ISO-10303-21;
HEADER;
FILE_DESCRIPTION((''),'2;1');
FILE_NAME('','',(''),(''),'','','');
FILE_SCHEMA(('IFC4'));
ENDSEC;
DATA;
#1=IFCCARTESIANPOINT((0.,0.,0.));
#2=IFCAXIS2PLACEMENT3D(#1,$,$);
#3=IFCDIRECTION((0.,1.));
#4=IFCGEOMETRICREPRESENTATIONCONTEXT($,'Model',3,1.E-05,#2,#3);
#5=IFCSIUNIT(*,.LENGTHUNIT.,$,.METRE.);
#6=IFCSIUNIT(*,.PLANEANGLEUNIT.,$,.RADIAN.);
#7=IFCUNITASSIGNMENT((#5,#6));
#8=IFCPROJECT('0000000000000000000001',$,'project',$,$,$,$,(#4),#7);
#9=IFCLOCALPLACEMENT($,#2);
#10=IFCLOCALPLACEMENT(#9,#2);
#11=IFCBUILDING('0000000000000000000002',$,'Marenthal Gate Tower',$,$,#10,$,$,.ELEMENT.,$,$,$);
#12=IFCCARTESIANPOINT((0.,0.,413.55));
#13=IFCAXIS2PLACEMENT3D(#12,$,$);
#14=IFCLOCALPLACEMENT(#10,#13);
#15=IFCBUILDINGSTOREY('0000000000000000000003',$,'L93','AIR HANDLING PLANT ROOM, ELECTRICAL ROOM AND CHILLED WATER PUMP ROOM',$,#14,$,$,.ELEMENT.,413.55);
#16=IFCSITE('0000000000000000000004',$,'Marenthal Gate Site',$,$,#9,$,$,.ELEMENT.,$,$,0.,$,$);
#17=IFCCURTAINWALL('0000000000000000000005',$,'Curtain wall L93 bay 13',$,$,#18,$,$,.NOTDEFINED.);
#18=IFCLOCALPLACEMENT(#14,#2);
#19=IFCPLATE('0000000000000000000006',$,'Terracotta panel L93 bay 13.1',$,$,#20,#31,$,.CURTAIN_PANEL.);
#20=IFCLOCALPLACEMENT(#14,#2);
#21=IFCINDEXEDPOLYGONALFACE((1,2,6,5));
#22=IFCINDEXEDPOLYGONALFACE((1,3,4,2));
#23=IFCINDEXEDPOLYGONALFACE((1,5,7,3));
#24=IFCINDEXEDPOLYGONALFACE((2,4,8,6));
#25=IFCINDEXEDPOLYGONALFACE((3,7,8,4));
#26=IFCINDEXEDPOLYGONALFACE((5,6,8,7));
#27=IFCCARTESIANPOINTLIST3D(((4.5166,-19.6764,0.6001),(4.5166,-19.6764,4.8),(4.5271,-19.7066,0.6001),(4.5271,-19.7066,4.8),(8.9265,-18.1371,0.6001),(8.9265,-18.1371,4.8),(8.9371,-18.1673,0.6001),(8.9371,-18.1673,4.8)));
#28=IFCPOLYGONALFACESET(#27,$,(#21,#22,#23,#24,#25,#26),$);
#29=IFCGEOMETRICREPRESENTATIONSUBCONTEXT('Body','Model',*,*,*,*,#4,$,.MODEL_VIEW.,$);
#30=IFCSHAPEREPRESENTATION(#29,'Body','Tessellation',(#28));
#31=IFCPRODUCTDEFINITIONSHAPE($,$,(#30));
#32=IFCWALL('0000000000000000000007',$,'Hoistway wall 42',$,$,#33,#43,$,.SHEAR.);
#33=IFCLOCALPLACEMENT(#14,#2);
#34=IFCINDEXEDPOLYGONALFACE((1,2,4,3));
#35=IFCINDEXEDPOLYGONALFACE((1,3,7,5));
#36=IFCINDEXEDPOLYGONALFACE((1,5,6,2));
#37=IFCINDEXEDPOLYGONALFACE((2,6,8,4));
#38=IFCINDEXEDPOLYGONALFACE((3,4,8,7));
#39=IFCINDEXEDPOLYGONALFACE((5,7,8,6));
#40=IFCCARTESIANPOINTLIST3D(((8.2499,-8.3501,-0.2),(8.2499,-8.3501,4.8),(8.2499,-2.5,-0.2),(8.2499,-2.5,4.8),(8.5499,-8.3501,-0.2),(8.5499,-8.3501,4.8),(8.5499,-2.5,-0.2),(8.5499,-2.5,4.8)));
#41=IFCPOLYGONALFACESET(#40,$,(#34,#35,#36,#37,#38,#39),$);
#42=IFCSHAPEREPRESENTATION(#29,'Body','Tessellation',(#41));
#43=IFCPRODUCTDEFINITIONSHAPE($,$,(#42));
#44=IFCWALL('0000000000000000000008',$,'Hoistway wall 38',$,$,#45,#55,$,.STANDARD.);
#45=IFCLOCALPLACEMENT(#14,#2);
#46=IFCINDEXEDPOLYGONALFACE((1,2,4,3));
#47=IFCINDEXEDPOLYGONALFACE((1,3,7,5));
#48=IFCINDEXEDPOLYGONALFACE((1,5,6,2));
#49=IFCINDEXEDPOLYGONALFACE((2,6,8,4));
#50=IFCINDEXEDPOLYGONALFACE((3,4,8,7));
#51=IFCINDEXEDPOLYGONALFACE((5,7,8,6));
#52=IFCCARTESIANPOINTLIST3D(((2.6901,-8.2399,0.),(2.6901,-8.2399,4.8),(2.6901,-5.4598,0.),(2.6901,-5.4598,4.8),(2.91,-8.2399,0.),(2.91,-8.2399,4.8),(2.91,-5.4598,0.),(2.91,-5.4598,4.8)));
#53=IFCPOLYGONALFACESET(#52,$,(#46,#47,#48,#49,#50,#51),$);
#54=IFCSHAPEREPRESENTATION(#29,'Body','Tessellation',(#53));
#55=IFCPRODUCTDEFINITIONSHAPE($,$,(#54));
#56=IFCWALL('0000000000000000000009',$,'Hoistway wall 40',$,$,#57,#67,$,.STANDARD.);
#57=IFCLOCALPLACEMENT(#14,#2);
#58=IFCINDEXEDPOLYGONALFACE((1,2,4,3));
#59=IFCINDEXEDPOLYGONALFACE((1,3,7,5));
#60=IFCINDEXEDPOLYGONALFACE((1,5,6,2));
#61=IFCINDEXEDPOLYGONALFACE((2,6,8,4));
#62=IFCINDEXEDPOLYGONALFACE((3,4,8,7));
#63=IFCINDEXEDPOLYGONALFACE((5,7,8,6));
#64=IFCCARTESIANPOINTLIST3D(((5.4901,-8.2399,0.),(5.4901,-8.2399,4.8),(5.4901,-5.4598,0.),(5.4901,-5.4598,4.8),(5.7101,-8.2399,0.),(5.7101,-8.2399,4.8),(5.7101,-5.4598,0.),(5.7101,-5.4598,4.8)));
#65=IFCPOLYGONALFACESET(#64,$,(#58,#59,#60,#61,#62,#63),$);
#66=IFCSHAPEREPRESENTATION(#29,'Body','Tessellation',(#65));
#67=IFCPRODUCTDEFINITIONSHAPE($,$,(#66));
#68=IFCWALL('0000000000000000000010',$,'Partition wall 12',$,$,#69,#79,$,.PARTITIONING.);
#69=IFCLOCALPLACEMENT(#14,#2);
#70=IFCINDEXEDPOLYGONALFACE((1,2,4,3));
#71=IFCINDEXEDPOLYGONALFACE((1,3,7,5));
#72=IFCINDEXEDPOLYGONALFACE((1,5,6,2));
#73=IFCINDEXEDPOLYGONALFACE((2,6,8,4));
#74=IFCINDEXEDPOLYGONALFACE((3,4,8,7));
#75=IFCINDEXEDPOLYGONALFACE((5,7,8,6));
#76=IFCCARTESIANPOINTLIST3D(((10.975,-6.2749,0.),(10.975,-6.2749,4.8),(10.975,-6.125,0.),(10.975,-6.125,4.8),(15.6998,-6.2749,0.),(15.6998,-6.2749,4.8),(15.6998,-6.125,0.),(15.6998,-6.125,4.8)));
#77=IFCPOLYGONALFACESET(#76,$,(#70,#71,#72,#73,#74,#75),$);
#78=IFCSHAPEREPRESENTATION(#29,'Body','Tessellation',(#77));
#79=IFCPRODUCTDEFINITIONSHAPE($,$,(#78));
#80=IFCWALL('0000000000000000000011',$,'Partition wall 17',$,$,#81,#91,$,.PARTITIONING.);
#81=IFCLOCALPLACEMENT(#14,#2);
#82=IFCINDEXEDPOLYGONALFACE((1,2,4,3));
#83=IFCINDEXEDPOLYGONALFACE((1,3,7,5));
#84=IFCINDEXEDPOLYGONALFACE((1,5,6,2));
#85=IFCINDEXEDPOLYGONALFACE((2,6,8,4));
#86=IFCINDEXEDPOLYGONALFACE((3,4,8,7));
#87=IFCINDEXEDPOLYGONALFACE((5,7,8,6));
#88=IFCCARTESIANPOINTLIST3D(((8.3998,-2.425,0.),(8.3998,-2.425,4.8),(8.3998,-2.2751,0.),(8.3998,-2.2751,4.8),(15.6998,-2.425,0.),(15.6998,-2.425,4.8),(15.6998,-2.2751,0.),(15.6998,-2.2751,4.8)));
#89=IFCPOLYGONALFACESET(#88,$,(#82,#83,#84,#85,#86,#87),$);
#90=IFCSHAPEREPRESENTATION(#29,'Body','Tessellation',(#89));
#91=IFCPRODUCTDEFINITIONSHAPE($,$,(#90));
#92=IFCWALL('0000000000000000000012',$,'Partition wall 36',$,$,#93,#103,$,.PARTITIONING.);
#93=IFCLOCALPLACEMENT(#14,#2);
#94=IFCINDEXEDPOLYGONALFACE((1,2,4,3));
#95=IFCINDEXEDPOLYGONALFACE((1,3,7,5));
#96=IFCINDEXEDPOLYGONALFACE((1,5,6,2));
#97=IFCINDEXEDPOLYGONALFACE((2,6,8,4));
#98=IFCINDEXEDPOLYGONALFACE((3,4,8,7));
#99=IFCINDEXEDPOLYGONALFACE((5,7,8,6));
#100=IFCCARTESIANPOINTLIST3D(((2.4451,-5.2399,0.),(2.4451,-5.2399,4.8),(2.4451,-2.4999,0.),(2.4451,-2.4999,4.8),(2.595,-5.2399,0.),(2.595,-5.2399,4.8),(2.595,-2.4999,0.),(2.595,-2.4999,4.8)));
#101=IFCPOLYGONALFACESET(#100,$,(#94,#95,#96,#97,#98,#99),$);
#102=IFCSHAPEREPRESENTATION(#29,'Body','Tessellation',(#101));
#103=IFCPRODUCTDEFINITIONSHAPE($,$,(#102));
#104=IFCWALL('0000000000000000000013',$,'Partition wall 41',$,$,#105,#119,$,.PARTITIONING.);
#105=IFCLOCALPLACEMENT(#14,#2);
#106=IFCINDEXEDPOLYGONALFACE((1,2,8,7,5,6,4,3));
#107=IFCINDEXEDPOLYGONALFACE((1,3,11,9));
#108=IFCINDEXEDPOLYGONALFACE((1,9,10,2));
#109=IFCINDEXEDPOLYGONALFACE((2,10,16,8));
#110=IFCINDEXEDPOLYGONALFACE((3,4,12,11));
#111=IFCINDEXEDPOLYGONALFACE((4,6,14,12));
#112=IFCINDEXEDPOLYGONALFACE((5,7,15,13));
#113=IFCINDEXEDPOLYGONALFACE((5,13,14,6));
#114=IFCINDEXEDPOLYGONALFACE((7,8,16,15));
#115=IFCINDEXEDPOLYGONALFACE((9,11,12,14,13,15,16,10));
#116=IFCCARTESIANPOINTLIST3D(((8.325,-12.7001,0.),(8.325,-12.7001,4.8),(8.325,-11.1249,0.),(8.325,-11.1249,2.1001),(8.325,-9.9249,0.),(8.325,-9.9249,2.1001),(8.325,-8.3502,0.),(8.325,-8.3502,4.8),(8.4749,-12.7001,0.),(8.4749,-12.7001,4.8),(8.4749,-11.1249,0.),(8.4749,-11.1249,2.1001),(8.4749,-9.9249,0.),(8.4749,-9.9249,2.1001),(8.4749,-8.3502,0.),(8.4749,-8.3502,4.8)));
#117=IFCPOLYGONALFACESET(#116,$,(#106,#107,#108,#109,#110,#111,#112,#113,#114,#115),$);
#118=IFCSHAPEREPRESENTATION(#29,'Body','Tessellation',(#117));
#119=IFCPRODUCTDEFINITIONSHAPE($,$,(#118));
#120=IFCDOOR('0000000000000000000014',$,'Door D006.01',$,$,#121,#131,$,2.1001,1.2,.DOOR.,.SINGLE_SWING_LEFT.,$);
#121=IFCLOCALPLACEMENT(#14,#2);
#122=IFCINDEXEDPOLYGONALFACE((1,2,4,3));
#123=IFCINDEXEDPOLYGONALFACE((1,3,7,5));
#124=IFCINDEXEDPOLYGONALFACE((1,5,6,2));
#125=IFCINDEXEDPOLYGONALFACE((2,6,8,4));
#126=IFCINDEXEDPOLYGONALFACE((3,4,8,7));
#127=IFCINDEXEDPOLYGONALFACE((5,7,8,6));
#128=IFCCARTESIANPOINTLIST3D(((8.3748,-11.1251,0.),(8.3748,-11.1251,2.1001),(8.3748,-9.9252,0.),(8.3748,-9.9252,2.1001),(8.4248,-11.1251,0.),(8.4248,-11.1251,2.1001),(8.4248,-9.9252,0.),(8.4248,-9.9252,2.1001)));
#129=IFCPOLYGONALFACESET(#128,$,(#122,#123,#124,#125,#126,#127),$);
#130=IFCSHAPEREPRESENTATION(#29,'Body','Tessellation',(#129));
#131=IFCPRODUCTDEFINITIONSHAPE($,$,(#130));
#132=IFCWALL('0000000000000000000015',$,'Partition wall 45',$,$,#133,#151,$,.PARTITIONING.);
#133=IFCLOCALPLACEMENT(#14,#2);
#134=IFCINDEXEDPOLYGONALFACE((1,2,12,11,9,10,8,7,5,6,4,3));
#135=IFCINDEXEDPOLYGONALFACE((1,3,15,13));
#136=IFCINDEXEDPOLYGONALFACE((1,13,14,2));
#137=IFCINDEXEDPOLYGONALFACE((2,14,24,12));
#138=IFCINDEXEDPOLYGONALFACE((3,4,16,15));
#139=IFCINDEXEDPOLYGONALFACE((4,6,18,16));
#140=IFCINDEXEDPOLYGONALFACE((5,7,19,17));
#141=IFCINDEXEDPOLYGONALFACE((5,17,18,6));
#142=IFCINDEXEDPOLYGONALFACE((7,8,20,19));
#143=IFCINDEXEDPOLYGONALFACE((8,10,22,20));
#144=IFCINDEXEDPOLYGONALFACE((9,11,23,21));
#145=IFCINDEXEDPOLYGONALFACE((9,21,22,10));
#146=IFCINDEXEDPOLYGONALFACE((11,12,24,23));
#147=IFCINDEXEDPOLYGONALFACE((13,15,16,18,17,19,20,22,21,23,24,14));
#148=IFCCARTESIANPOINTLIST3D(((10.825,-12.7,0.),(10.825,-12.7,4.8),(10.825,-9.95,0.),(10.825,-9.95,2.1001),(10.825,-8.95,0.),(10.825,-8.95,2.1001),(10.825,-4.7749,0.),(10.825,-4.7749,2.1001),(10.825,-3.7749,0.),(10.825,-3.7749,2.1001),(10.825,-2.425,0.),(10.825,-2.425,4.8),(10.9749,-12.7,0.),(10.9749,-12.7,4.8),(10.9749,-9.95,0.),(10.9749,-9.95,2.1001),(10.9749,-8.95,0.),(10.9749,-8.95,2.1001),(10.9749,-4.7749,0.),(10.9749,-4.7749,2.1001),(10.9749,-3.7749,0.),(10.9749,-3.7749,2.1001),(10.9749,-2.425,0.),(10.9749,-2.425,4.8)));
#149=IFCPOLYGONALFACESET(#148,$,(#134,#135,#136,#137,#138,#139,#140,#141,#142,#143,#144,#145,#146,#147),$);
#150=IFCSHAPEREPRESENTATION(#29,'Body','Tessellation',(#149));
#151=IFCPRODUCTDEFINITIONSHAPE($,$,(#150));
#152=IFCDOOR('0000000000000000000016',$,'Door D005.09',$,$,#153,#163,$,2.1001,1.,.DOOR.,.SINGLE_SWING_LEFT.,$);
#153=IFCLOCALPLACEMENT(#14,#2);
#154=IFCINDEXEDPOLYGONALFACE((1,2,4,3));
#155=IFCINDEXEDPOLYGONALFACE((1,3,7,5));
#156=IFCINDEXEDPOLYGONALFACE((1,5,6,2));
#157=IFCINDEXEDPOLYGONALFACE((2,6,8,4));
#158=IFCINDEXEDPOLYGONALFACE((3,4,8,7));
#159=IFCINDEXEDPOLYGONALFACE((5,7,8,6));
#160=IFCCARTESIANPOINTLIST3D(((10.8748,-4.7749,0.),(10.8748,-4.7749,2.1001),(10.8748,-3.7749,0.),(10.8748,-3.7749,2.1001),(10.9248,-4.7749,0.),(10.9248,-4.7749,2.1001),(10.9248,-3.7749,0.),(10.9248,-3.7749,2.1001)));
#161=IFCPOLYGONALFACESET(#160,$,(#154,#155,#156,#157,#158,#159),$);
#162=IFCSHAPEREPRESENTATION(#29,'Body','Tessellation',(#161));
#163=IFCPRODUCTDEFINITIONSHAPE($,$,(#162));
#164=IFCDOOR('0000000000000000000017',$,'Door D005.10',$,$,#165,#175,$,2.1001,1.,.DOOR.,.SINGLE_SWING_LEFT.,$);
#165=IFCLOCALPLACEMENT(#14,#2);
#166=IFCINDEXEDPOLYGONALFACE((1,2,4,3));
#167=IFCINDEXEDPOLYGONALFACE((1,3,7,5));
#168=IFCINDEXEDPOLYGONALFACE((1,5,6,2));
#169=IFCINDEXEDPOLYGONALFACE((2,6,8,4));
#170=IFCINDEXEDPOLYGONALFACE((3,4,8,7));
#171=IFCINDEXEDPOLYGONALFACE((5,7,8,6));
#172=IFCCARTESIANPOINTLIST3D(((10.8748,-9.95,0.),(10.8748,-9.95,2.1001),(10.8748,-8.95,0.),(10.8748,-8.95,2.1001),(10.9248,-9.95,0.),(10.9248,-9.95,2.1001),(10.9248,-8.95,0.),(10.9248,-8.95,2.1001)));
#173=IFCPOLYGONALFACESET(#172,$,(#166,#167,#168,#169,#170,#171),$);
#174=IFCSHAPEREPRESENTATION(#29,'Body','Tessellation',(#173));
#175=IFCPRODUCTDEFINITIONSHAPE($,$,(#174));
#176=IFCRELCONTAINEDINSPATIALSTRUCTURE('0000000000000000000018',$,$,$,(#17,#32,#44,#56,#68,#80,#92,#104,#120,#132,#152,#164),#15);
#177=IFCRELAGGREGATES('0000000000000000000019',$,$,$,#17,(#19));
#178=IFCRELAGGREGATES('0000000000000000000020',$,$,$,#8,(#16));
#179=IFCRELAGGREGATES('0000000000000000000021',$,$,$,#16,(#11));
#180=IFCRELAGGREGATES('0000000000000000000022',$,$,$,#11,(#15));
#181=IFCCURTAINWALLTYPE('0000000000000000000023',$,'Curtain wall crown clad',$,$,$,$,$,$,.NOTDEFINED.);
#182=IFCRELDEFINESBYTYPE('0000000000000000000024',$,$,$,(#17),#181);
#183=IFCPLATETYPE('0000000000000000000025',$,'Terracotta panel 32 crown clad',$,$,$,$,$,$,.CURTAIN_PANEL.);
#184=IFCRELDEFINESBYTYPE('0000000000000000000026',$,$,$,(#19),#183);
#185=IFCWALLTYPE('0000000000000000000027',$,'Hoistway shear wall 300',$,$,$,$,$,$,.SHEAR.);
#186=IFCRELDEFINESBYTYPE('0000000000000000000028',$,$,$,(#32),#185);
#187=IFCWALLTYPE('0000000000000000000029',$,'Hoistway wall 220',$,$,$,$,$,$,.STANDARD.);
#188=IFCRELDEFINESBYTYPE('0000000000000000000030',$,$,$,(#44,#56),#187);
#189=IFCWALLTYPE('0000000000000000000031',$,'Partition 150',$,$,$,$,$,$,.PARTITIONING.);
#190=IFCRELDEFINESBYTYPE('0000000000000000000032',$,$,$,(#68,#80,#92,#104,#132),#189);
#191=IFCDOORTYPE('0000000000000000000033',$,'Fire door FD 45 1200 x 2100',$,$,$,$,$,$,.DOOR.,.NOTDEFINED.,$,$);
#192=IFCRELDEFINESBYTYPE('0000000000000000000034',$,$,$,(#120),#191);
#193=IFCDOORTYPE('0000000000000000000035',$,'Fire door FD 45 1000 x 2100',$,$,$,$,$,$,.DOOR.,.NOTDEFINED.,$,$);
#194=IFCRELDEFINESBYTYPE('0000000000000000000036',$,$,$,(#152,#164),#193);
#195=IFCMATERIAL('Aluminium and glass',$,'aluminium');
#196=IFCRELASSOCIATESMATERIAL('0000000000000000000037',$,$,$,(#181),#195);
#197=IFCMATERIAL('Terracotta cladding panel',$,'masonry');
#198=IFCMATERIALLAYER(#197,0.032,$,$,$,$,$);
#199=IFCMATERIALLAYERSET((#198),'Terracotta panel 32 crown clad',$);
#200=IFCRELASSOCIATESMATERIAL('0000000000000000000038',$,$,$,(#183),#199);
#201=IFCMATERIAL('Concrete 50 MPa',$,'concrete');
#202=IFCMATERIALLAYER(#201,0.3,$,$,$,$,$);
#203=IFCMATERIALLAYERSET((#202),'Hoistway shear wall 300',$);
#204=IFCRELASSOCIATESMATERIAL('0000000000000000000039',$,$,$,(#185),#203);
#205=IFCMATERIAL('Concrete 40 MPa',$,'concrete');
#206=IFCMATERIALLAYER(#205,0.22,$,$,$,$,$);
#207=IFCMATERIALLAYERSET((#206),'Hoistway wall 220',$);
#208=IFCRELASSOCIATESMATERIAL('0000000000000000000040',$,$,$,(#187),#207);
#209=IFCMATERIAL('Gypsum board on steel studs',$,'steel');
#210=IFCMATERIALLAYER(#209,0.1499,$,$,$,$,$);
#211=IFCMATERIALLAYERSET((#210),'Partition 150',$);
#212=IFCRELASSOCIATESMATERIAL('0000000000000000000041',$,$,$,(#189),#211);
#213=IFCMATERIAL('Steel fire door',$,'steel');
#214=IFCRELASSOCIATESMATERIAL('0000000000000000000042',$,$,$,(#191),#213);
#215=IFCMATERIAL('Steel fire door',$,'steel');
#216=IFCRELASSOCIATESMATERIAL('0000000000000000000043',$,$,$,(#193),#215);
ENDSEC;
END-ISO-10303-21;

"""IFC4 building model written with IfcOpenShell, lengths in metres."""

from ifc_helpers import new_model, si_unit, direction, frame, frame_2d, origin, origin_2d, place, context, subcontext, project, spatial, rectangle, extrude, material, layer, layer_set, type_object, element, fill, aggregate, save


model = new_model("IFC4")

# Units and contexts
model_context = context("Model", 3, precision=1e-05, world=origin(), true_north=direction((0.0, 1.0)))
body_context = subcontext(model_context, "Body", "Model", "MODEL_VIEW")
ifc_project = project(units=[si_unit("LENGTHUNIT", "METRE"), si_unit("PLANEANGLEUNIT", "RADIAN")], contexts=[model_context])

# Site, building, storey
site_placement = place(None, origin())
site = spatial("IfcSite", under=ifc_project, at=site_placement, Name="Marenthal Gate Site", CompositionType="ELEMENT", RefElevation=0.0)
building_placement = place(site_placement, origin())
building = spatial("IfcBuilding", under=site, at=building_placement, Name="Marenthal Gate Tower", CompositionType="ELEMENT")
storey_placement = place(building_placement, frame((0.0, 0.0, 413.55)))
storey = spatial("IfcBuildingStorey", under=building, at=storey_placement, Name="L93", Description="AIR HANDLING PLANT ROOM, ELECTRICAL ROOM AND CHILLED WATER PUMP ROOM", CompositionType="ELEMENT", Elevation=413.55)

# Curtain wall
ifc_material_1 = material(Name="Aluminium and glass", Category="aluminium")
curtain_wall_type_1 = type_object("IfcCurtainWallType", Name="Curtain wall crown clad", PredefinedType="NOTDEFINED", material=ifc_material_1)
curtain_wall_1_placement = place(storey_placement, origin())
curtain_wall_1 = element("IfcCurtainWall", 1, at=curtain_wall_1_placement, inside=storey, type_object=curtain_wall_type_1, Name="Curtain wall L93 bay 13", PredefinedType="NOTDEFINED")

# Plate
ifc_material_2 = material(Name="Terracotta cladding panel", Category="masonry")
ifc_layer_1 = layer(ifc_material_2, 0.032)
ifc_layer_set_1 = layer_set([ifc_layer_1], Name="Terracotta panel 32 crown clad")
plate_type_1 = type_object("IfcPlateType", Name="Terracotta panel 32 crown clad", PredefinedType="CURTAIN_PANEL", material=ifc_layer_set_1)
plate_1_placement = place(storey_placement, frame((6.7268, -18.9219, 0.6001), z_axis=(0.0, 0.0, 1.0), x_axis=(0.944135, 0.329559, 0.0)))
plate_1 = element("IfcPlate", 2, at=plate_1_placement, type_object=plate_type_1, Name="Terracotta panel L93 bay 13.1", PredefinedType="CURTAIN_PANEL", context=body_context, shape_type="SweptSolid", body=[
    extrude(rectangle(XDim=4.6709, YDim=0.032, at=origin_2d()), origin(), (0.0, 0.0, 1.0), 4.2),
])
aggregate(curtain_wall_1, [plate_1])

# Walls
ifc_material_3 = material(Name="Concrete 50 MPa", Category="concrete")
ifc_layer_2 = layer(ifc_material_3, 0.3)
ifc_layer_set_2 = layer_set([ifc_layer_2], Name="Hoistway shear wall 300")
wall_type_1 = type_object("IfcWallType", Name="Hoistway shear wall 300", PredefinedType="SHEAR", material=ifc_layer_set_2)
wall_1_placement = place(storey_placement, frame((8.3999, -8.3501, -0.2), z_axis=(0.0, 0.0, 1.0), x_axis=(0.0, 1.0, 0.0)))
element("IfcWall", 3, at=wall_1_placement, inside=storey, type_object=wall_type_1, Name="Hoistway wall 42", PredefinedType="SHEAR", context=body_context, shape_type="SweptSolid", body=[
    extrude(rectangle(XDim=5.8501, YDim=0.3, at=frame_2d((2.925, 0.0))), origin(), (0.0, 0.0, 1.0), 5.0),
])
ifc_material_4 = material(Name="Concrete 40 MPa", Category="concrete")
ifc_layer_3 = layer(ifc_material_4, 0.22)
ifc_layer_set_3 = layer_set([ifc_layer_3], Name="Hoistway wall 220")
wall_type_2 = type_object("IfcWallType", Name="Hoistway wall 220", PredefinedType="STANDARD", material=ifc_layer_set_3)
for number, where, z_axis, x_axis, name in (
    (4, (2.8, -8.24, 0.0), (0.0, 0.0, 1.0), (0.0, 1.0, 0.0), "Hoistway wall 38"),
    (5, (5.6001, -8.24, 0.0), (0.0, 0.0, 1.0), (0.0, 1.0, 0.0), "Hoistway wall 40"),
):
    element("IfcWall", number, at=place(storey_placement, frame(where, z_axis=z_axis, x_axis=x_axis)), inside=storey, type_object=wall_type_2, Name=name, PredefinedType="STANDARD", context=body_context, shape_type="SweptSolid", body=[
        extrude(rectangle(XDim=2.78, YDim=0.22, at=frame_2d((1.3901, 0.0))), origin(), (0.0, 0.0, 1.0), 4.8),
    ])
ifc_material_5 = material(Name="Gypsum board on steel studs", Category="steel")
ifc_layer_4 = layer(ifc_material_5, 0.1499)
ifc_layer_set_4 = layer_set([ifc_layer_4], Name="Partition 150")
wall_type_3 = type_object("IfcWallType", Name="Partition 150", PredefinedType="PARTITIONING", material=ifc_layer_set_4)
wall_2_placement = place(storey_placement, frame((10.9751, -6.2, 0.0), z_axis=(0.0, 0.0, 1.0), x_axis=(1.0, 0.0, 0.0)))
element("IfcWall", 6, at=wall_2_placement, inside=storey, type_object=wall_type_3, Name="Partition wall 12", PredefinedType="PARTITIONING", context=body_context, shape_type="SweptSolid", body=[
    extrude(rectangle(XDim=4.7249, YDim=0.1499, at=frame_2d((2.3623, 0.0))), origin(), (0.0, 0.0, 1.0), 4.8),
])
wall_3_placement = place(storey_placement, frame((8.3999, -2.3501, 0.0), z_axis=(0.0, 0.0, 1.0), x_axis=(1.0, 0.0, 0.0)))
element("IfcWall", 7, at=wall_3_placement, inside=storey, type_object=wall_type_3, Name="Partition wall 17", PredefinedType="PARTITIONING", context=body_context, shape_type="SweptSolid", body=[
    extrude(rectangle(XDim=7.3, YDim=0.1499, at=frame_2d((3.6499, 0.0))), origin(), (0.0, 0.0, 1.0), 4.8),
])
wall_4_placement = place(storey_placement, frame((2.52, -5.24, 0.0), z_axis=(0.0, 0.0, 1.0), x_axis=(0.0, 1.0, 0.0)))
element("IfcWall", 8, at=wall_4_placement, inside=storey, type_object=wall_type_3, Name="Partition wall 36", PredefinedType="PARTITIONING", context=body_context, shape_type="SweptSolid", body=[
    extrude(rectangle(XDim=2.74, YDim=0.1499, at=frame_2d((1.3701, 0.0))), origin(), (0.0, 0.0, 1.0), 4.8),
])

# Wall, opening, door
wall_5_placement = place(storey_placement, frame((8.3999, -12.7, 0.0), z_axis=(0.0, 0.0, 1.0), x_axis=(0.0, 1.0, 0.0)))
wall_5 = element("IfcWall", 9, at=wall_5_placement, inside=storey, type_object=wall_type_3, Name="Partition wall 41", PredefinedType="PARTITIONING", context=body_context, shape_type="SweptSolid", body=[
    extrude(rectangle(XDim=4.3499, YDim=0.1499, at=frame_2d((2.1748, 0.0))), origin(), (0.0, 0.0, 1.0), 4.8),
])
opening_1_placement = place(wall_5_placement, frame((1.575, 0.0, 0.0)))
opening_1 = element("IfcOpeningElement", 10, at=opening_1_placement, cuts=wall_5, PredefinedType="OPENING", context=body_context, shape_type="SweptSolid", body=[
    extrude(rectangle(XDim=1.2, YDim=2.1001, at=frame_2d((0.6001, 1.05))), frame((0.0, 0.085, 0.0), z_axis=(0.0, -1.0, 0.0), x_axis=(1.0, 0.0, 0.0)), (0.0, 0.0, 1.0), 0.1699),
])
ifc_material_6 = material(Name="Steel fire door", Category="steel")
door_type_1 = type_object("IfcDoorType", Name="Fire door FD 45 1200 x 2100", OperationType="NOTDEFINED", PredefinedType="DOOR", material=ifc_material_6)
door_1_placement = place(opening_1_placement, frame((1.2, 0.0, 0.0), z_axis=(0.0, 0.0, 1.0), x_axis=(-1.0, 0.0, 0.0)))
door_1 = element("IfcDoor", 11, at=door_1_placement, inside=storey, type_object=door_type_1, Name="Door D006.01", OperationType="SINGLE_SWING_LEFT", OverallHeight=2.1001, OverallWidth=1.2, PredefinedType="DOOR", context=body_context, shape_type="SweptSolid", body=[
    extrude(rectangle(XDim=1.2, YDim=2.1001, at=frame_2d((0.6001, 1.05))), frame((0.0, 0.0249, 0.0), z_axis=(0.0, -1.0, 0.0), x_axis=(1.0, 0.0, 0.0)), (0.0, 0.0, 1.0), 0.05),
])
fill(opening_1, door_1)

# Wall, openings, doors
wall_6_placement = place(storey_placement, frame((10.8999, -12.7, 0.0), z_axis=(0.0, 0.0, 1.0), x_axis=(0.0, 1.0, 0.0)))
wall_6 = element("IfcWall", 12, at=wall_6_placement, inside=storey, type_object=wall_type_3, Name="Partition wall 45", PredefinedType="PARTITIONING", context=body_context, shape_type="SweptSolid", body=[
    extrude(rectangle(XDim=10.2749, YDim=0.1499, at=frame_2d((5.1375, 0.0))), origin(), (0.0, 0.0, 1.0), 4.8),
])
opening_2_placement = place(wall_6_placement, frame((7.925, 0.0, 0.0)))
opening_2 = element("IfcOpeningElement", 13, at=opening_2_placement, cuts=wall_6, PredefinedType="OPENING", context=body_context, shape_type="SweptSolid", body=[
    extrude(rectangle(XDim=1.0, YDim=2.1001, at=frame_2d((0.5, 1.05))), frame((0.0, 0.085, 0.0), z_axis=(0.0, -1.0, 0.0), x_axis=(1.0, 0.0, 0.0)), (0.0, 0.0, 1.0), 0.1699),
])
opening_3_placement = place(wall_6_placement, frame((2.75, 0.0, 0.0)))
opening_3 = element("IfcOpeningElement", 14, at=opening_3_placement, cuts=wall_6, PredefinedType="OPENING", context=body_context, shape_type="SweptSolid", body=[
    extrude(rectangle(XDim=1.0, YDim=2.1001, at=frame_2d((0.5, 1.05))), frame((0.0, 0.085, 0.0), z_axis=(0.0, -1.0, 0.0), x_axis=(1.0, 0.0, 0.0)), (0.0, 0.0, 1.0), 0.1699),
])
ifc_material_7 = material(Name="Steel fire door", Category="steel")
door_type_2 = type_object("IfcDoorType", Name="Fire door FD 45 1000 x 2100", OperationType="NOTDEFINED", PredefinedType="DOOR", material=ifc_material_7)
door_2_placement = place(opening_2_placement, frame((1.0, 0.0, 0.0), z_axis=(0.0, 0.0, 1.0), x_axis=(-1.0, 0.0, 0.0)))
door_2 = element("IfcDoor", 15, at=door_2_placement, inside=storey, type_object=door_type_2, Name="Door D005.09", OperationType="SINGLE_SWING_LEFT", OverallHeight=2.1001, OverallWidth=1.0, PredefinedType="DOOR", context=body_context, shape_type="SweptSolid", body=[
    extrude(rectangle(XDim=1.0, YDim=2.1001, at=frame_2d((0.5, 1.05))), frame((0.0, 0.0249, 0.0), z_axis=(0.0, -1.0, 0.0), x_axis=(1.0, 0.0, 0.0)), (0.0, 0.0, 1.0), 0.05),
])
fill(opening_2, door_2)
door_3_placement = place(opening_3_placement, frame((1.0, 0.0, 0.0), z_axis=(0.0, 0.0, 1.0), x_axis=(-1.0, 0.0, 0.0)))
door_3 = element("IfcDoor", 16, at=door_3_placement, inside=storey, type_object=door_type_2, Name="Door D005.10", OperationType="SINGLE_SWING_LEFT", OverallHeight=2.1001, OverallWidth=1.0, PredefinedType="DOOR", context=body_context, shape_type="SweptSolid", body=[
    extrude(rectangle(XDim=1.0, YDim=2.1001, at=frame_2d((0.5, 1.05))), frame((0.0, 0.0249, 0.0), z_axis=(0.0, -1.0, 0.0), x_axis=(1.0, 0.0, 0.0)), (0.0, 0.0, 1.0), 0.05),
])
fill(opening_3, door_3)

save(model, "model.ifc")
